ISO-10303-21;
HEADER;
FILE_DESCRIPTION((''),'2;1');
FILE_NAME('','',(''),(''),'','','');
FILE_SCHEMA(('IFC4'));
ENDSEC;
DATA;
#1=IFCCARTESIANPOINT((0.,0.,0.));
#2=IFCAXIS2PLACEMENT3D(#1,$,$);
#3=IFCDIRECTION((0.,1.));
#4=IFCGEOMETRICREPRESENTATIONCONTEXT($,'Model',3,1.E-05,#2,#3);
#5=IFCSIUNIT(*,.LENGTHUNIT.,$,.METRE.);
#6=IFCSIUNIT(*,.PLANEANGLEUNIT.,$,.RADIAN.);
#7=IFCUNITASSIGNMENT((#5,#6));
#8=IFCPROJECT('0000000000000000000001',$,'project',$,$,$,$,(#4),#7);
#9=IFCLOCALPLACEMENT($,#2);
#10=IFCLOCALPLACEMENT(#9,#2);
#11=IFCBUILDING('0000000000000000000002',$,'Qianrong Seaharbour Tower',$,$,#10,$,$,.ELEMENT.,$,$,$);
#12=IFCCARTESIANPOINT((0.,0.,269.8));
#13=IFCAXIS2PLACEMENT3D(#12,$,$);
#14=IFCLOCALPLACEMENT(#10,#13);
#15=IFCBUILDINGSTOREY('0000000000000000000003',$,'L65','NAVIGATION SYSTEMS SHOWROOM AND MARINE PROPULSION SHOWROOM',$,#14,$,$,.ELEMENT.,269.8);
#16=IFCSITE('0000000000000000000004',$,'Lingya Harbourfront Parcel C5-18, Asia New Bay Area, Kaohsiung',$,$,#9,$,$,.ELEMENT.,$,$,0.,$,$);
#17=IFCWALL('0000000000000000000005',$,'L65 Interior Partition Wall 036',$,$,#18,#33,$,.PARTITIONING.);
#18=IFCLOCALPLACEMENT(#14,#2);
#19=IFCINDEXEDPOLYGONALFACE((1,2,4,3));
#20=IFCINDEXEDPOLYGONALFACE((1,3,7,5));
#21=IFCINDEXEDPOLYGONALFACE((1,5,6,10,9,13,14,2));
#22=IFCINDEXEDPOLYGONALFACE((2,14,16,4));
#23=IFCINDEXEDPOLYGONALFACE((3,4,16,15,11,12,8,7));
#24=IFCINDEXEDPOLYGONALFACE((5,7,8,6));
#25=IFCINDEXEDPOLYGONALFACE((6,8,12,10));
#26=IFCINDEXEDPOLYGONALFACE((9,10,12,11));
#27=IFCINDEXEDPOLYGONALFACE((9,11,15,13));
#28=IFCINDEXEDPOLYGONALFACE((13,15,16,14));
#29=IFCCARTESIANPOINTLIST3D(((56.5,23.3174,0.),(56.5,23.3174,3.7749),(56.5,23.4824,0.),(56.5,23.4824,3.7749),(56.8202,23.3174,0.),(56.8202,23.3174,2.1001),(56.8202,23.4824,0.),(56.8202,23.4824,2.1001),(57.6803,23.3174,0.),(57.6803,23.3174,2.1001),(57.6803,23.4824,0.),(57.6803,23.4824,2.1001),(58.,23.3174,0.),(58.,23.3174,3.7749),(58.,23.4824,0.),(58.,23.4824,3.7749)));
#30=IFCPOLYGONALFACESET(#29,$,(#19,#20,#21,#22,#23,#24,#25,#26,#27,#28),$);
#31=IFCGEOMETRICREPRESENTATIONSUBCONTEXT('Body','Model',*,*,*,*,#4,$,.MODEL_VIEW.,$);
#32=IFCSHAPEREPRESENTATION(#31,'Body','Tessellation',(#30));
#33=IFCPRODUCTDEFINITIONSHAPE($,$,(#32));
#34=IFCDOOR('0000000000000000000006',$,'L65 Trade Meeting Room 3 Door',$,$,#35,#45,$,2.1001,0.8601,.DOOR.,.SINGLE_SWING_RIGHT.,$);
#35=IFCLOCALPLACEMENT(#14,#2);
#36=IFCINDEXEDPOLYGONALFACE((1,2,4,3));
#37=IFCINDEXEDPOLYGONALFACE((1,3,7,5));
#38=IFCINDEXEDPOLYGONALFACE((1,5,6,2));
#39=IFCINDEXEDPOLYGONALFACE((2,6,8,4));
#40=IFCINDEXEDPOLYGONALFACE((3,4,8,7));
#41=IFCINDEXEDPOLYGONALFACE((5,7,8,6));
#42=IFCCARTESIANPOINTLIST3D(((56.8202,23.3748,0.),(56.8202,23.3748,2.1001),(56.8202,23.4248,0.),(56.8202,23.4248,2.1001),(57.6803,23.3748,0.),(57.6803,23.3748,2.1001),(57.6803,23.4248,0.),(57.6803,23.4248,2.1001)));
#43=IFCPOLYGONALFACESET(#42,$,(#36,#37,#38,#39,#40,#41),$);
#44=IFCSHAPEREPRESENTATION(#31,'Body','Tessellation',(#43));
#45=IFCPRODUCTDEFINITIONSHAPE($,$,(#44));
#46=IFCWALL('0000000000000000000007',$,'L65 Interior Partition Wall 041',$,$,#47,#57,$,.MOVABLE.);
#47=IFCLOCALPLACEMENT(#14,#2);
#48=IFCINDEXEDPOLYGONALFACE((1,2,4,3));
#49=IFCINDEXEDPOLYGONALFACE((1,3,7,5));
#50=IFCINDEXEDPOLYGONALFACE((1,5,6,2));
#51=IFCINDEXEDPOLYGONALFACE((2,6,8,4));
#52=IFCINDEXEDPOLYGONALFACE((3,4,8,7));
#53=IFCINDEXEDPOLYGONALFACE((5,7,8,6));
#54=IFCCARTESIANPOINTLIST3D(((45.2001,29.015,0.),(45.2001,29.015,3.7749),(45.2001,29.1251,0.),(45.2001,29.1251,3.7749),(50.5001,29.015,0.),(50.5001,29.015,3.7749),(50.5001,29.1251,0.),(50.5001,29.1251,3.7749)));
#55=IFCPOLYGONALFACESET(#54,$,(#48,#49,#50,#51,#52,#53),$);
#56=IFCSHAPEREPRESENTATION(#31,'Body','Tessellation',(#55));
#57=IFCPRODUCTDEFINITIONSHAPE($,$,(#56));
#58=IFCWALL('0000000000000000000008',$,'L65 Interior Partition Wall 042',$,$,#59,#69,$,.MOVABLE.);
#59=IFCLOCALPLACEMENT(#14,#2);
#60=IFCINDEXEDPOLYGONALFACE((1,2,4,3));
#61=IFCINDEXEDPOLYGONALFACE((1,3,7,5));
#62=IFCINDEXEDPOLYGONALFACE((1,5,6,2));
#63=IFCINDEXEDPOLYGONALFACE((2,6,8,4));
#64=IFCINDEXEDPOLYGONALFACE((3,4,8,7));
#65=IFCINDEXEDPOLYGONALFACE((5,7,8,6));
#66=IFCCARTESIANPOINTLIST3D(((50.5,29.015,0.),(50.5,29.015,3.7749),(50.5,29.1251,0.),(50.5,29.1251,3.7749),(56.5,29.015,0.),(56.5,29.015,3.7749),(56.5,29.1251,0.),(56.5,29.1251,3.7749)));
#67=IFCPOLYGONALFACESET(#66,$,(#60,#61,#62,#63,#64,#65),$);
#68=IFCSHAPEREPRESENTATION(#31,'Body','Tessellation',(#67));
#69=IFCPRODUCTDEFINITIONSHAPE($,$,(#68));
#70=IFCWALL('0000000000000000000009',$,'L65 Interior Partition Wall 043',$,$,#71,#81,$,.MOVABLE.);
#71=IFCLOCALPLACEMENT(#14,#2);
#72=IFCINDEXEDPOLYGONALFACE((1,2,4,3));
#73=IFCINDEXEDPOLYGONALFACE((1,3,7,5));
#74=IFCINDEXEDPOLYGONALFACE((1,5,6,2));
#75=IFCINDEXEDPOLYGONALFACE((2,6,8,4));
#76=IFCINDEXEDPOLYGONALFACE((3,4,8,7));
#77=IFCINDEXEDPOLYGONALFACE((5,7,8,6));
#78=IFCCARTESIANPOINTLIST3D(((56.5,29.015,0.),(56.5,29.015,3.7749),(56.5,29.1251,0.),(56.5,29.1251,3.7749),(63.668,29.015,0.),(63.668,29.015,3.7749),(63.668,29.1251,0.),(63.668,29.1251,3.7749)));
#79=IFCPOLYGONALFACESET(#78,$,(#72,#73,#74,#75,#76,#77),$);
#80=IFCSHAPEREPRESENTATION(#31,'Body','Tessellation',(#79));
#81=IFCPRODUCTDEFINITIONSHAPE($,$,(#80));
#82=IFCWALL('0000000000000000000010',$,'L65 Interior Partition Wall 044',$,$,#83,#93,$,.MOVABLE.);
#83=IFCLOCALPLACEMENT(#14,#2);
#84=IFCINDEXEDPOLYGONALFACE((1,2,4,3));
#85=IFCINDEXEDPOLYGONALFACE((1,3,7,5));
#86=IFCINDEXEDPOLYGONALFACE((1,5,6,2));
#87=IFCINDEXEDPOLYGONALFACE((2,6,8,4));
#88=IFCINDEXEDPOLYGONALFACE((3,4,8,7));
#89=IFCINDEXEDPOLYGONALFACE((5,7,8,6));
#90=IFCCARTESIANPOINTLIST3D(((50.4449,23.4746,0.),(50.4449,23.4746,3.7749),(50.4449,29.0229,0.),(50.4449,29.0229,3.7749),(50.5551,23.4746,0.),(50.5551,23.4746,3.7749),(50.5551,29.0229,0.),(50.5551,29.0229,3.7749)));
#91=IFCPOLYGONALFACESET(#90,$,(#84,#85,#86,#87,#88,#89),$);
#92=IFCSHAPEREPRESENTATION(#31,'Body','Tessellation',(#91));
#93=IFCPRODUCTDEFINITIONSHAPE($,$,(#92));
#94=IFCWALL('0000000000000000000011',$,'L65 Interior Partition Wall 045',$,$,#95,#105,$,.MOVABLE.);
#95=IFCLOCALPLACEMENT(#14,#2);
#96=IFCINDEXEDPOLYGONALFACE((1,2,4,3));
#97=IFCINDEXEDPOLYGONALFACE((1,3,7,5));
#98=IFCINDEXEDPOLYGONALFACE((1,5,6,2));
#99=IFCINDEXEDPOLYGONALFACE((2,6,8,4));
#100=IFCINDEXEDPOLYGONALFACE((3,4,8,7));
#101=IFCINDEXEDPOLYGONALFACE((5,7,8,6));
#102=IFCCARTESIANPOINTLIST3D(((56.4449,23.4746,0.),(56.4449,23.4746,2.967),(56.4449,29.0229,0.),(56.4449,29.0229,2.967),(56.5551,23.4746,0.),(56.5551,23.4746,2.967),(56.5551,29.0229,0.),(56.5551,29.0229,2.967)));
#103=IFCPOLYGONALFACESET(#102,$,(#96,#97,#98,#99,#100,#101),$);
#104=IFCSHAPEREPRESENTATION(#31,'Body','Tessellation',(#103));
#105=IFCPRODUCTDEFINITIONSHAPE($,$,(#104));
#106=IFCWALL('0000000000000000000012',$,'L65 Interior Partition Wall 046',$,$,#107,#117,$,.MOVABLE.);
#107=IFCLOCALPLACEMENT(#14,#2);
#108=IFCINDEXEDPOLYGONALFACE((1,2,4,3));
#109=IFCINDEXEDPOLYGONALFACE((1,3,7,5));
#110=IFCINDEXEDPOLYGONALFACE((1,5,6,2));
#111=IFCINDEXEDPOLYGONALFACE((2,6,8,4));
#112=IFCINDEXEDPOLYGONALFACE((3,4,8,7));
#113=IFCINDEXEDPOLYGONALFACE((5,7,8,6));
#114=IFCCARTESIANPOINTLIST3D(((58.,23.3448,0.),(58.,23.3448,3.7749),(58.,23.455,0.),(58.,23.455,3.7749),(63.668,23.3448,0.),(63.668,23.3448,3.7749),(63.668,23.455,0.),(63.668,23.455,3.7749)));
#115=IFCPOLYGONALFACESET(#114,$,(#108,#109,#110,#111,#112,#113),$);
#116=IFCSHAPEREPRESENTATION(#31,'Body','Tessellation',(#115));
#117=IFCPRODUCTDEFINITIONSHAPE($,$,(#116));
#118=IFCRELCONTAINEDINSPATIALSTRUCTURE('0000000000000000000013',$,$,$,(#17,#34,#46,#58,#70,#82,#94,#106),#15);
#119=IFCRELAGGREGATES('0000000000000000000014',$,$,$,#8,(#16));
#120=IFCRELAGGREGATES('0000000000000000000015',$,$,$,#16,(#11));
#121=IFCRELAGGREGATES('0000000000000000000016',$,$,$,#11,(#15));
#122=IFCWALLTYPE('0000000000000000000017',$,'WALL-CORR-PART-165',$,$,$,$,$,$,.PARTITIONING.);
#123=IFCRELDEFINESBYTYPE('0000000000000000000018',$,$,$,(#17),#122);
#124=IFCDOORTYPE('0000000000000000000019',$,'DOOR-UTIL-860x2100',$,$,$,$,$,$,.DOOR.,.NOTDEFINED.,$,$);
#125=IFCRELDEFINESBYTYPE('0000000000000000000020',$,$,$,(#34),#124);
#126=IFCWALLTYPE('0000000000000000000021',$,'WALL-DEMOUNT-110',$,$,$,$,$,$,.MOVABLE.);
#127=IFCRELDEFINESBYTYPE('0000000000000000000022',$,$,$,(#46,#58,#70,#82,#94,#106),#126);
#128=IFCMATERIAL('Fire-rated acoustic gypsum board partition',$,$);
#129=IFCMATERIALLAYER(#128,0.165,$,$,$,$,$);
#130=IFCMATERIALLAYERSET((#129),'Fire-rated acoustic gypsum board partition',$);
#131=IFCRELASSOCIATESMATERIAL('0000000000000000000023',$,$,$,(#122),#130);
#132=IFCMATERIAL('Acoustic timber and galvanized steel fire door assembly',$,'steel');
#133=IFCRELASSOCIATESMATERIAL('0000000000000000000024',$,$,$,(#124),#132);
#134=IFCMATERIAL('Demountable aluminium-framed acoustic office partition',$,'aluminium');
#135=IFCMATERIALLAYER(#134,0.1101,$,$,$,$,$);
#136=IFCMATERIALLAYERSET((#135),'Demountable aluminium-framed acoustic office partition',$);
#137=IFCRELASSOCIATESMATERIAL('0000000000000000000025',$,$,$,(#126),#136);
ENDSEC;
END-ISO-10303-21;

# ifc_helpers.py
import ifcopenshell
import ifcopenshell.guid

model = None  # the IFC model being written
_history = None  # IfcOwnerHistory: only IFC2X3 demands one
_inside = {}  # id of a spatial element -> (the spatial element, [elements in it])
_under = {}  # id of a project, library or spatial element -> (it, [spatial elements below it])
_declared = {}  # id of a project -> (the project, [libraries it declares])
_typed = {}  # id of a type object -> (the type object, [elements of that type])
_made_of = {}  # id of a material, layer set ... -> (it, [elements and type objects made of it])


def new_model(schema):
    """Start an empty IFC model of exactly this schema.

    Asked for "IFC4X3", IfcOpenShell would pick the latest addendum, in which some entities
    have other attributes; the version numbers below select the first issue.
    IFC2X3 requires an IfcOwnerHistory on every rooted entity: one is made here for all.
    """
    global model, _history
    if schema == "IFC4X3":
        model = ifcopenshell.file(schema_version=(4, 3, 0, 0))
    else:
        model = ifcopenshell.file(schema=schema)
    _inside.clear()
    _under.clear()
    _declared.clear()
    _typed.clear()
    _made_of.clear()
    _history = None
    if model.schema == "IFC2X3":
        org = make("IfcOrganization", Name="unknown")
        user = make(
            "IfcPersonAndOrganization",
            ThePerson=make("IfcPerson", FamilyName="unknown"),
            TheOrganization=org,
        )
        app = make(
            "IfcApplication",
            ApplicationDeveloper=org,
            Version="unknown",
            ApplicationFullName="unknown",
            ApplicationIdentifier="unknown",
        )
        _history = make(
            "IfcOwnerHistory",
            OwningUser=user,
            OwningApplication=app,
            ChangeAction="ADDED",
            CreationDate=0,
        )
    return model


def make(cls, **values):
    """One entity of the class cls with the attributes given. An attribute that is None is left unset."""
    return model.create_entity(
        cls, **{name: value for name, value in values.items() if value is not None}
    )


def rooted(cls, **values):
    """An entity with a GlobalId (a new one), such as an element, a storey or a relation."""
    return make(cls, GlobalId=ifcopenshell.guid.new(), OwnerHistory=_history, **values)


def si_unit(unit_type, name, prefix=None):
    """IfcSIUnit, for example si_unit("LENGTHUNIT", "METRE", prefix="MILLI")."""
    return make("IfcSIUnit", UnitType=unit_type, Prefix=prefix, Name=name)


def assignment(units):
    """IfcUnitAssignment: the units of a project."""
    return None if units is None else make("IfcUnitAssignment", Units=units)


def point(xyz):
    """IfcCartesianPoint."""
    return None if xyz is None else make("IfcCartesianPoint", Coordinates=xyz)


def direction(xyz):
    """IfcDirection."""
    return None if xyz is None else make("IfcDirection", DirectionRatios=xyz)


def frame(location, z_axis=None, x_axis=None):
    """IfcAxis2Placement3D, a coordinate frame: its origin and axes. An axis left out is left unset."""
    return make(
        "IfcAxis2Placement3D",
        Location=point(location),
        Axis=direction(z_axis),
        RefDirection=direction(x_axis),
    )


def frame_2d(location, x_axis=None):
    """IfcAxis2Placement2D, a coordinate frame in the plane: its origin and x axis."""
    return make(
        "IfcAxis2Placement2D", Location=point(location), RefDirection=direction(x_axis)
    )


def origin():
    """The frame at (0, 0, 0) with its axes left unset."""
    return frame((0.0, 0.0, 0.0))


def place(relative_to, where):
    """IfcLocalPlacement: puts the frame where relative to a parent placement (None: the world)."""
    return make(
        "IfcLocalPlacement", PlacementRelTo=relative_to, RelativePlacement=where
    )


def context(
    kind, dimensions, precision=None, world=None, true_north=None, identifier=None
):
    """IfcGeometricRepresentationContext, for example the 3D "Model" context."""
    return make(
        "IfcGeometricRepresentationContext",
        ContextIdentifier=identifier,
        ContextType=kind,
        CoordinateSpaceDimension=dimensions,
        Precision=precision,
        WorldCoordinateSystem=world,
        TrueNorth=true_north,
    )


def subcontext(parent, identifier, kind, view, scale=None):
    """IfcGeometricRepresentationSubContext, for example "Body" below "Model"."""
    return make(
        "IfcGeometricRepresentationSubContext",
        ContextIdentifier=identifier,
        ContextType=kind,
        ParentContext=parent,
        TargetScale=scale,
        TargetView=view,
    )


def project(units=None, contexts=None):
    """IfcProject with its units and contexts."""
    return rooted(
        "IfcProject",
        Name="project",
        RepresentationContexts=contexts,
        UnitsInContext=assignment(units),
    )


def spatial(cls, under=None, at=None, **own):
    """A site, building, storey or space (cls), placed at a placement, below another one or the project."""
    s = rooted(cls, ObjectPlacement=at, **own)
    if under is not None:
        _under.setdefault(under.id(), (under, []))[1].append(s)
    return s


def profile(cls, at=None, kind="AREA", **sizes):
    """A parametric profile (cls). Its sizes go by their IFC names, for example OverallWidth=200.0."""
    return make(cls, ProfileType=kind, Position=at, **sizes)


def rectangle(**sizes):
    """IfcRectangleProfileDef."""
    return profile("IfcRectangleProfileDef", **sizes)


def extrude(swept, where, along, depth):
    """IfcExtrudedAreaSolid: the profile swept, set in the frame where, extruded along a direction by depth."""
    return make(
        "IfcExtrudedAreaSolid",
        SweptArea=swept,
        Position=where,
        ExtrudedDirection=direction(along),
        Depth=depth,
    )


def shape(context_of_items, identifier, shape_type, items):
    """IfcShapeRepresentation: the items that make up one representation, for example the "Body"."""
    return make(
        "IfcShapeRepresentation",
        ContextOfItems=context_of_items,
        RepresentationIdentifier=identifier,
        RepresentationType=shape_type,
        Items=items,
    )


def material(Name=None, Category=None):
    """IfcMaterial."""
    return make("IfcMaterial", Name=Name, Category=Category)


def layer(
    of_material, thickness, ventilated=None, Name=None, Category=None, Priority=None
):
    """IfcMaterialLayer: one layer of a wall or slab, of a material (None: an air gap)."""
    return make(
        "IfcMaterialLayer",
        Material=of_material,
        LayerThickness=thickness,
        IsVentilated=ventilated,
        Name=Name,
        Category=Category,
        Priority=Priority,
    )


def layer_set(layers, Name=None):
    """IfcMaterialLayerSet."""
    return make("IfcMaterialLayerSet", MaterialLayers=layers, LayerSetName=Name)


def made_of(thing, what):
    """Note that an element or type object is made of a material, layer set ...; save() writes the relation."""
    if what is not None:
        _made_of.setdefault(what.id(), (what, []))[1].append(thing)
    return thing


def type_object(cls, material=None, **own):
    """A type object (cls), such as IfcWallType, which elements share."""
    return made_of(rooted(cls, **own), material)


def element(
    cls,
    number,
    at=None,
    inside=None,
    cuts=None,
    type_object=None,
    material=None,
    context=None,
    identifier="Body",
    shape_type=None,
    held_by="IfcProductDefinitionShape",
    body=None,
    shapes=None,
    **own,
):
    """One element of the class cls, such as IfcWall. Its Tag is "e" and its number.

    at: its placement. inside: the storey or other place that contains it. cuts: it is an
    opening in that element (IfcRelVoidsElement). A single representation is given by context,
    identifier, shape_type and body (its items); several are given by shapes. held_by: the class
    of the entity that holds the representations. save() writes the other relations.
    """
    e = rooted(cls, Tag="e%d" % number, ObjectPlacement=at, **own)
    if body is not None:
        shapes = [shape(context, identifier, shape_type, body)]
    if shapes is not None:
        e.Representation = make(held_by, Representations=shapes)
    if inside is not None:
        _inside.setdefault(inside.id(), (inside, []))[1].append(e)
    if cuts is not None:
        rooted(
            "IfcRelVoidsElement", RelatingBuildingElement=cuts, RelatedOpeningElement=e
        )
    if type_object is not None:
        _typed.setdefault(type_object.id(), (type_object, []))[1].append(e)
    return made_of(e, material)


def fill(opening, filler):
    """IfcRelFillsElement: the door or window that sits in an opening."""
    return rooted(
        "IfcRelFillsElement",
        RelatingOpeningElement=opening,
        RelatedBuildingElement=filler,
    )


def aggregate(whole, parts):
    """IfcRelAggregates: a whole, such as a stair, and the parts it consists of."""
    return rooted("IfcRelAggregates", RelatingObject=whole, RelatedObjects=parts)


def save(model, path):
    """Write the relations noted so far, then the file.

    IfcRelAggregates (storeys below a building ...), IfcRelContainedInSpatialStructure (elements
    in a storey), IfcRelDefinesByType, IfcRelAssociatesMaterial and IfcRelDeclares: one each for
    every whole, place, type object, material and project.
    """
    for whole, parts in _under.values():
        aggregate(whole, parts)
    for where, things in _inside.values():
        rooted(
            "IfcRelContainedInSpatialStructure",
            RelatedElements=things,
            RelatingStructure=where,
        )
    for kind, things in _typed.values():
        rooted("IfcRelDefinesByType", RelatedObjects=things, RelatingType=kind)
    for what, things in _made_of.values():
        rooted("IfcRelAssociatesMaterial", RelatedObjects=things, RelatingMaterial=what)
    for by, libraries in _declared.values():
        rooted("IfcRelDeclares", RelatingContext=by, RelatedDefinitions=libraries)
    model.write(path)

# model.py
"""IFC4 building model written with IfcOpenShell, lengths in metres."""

from ifc_helpers import new_model, si_unit, direction, frame, frame_2d, origin, place, context, subcontext, project, spatial, rectangle, extrude, material, layer, layer_set, type_object, element, fill, save


model = new_model("IFC4")

# Units and contexts
model_context = context("Model", 3, precision=1e-05, world=origin(), true_north=direction((0.0, 1.0)))
body_context = subcontext(model_context, "Body", "Model", "MODEL_VIEW")
ifc_project = project(units=[si_unit("LENGTHUNIT", "METRE"), si_unit("PLANEANGLEUNIT", "RADIAN")], contexts=[model_context])

# Site, building, storey
site_placement = place(None, origin())
site = spatial("IfcSite", under=ifc_project, at=site_placement, Name="Lingya Harbourfront Parcel C5-18, Asia New Bay Area, Kaohsiung", CompositionType="ELEMENT", RefElevation=0.0)
building_placement = place(site_placement, origin())
building = spatial("IfcBuilding", under=site, at=building_placement, Name="Qianrong Seaharbour Tower", CompositionType="ELEMENT")
storey_placement = place(building_placement, frame((0.0, 0.0, 269.8)))
storey = spatial("IfcBuildingStorey", under=building, at=storey_placement, Name="L65", Description="NAVIGATION SYSTEMS SHOWROOM AND MARINE PROPULSION SHOWROOM", CompositionType="ELEMENT", Elevation=269.8)

# Shared definitions
ifc_material_1 = material(Name="Fire-rated acoustic gypsum board partition")
ifc_layer_1 = layer(ifc_material_1, 0.165)
ifc_layer_set_1 = layer_set([ifc_layer_1], Name="Fire-rated acoustic gypsum board partition")
wall_type_1 = type_object("IfcWallType", Name="WALL-CORR-PART-165", PredefinedType="PARTITIONING", material=ifc_layer_set_1)
ifc_material_2 = material(Name="Acoustic timber and galvanized steel fire door assembly", Category="steel")

# Wall, opening, door
wall_1_placement = place(storey_placement, frame((56.5, 23.3999, 0.0), z_axis=(0.0, 0.0, 1.0), x_axis=(1.0, 0.0, 0.0)))
wall_1 = element("IfcWall", 1, at=wall_1_placement, inside=storey, type_object=wall_type_1, Name="L65 Interior Partition Wall 036", PredefinedType="PARTITIONING", context=body_context, shape_type="SweptSolid", body=[
    extrude(rectangle(XDim=1.5, YDim=0.165, at=frame_2d((0.75, 0.0))), origin(), (0.0, 0.0, 1.0), 3.7749),
])
opening_1_placement = place(wall_1_placement, frame((0.3201, 0.0, 0.0)))
opening_1 = element("IfcOpeningElement", 2, at=opening_1_placement, cuts=wall_1, PredefinedType="OPENING", context=body_context, shape_type="SweptSolid", body=[
    extrude(rectangle(XDim=0.8601, YDim=2.1001, at=frame_2d((0.4302, 1.05))), frame((0.0, 0.0925, 0.0), z_axis=(0.0, -1.0, 0.0), x_axis=(1.0, 0.0, 0.0)), (0.0, 0.0, 1.0), 0.1851),
])
door_type_1 = type_object("IfcDoorType", Name="DOOR-UTIL-860x2100", OperationType="NOTDEFINED", PredefinedType="DOOR", material=ifc_material_2)
door_1_placement = place(opening_1_placement, origin())
door_1 = element("IfcDoor", 3, at=door_1_placement, inside=storey, type_object=door_type_1, Name="L65 Trade Meeting Room 3 Door", OperationType="SINGLE_SWING_RIGHT", OverallHeight=2.1001, OverallWidth=0.8601, PredefinedType="DOOR", context=body_context, shape_type="SweptSolid", body=[
    extrude(rectangle(XDim=0.8601, YDim=2.1001, at=frame_2d((0.4302, 1.05))), frame((0.0, 0.0249, 0.0), z_axis=(0.0, -1.0, 0.0), x_axis=(1.0, 0.0, 0.0)), (0.0, 0.0, 1.0), 0.05),
])
fill(opening_1, door_1)

# Walls
ifc_material_3 = material(Name="Demountable aluminium-framed acoustic office partition", Category="aluminium")
ifc_layer_2 = layer(ifc_material_3, 0.1101)
ifc_layer_set_2 = layer_set([ifc_layer_2], Name="Demountable aluminium-framed acoustic office partition")
wall_type_2 = type_object("IfcWallType", Name="WALL-DEMOUNT-110", PredefinedType="MOVABLE", material=ifc_layer_set_2)
wall_2_placement = place(storey_placement, frame((50.5, 29.0701, 0.0), z_axis=(0.0, 0.0, 1.0), x_axis=(-1.0, 0.0, 0.0)))
element("IfcWall", 4, at=wall_2_placement, inside=storey, type_object=wall_type_2, Name="L65 Interior Partition Wall 041", PredefinedType="MOVABLE", context=body_context, shape_type="SweptSolid", body=[
    extrude(rectangle(XDim=5.3, YDim=0.1101, at=frame_2d((2.6499, 0.0))), origin(), (0.0, 0.0, 1.0), 3.7749),
])
wall_3_placement = place(storey_placement, frame((56.5, 29.0701, 0.0), z_axis=(0.0, 0.0, 1.0), x_axis=(-1.0, 0.0, 0.0)))
element("IfcWall", 5, at=wall_3_placement, inside=storey, type_object=wall_type_2, Name="L65 Interior Partition Wall 042", PredefinedType="MOVABLE", context=body_context, shape_type="SweptSolid", body=[
    extrude(rectangle(XDim=6.0, YDim=0.1101, at=frame_2d((3.0, 0.0))), origin(), (0.0, 0.0, 1.0), 3.7749),
])
wall_4_placement = place(storey_placement, frame((63.668, 29.0701, 0.0), z_axis=(0.0, 0.0, 1.0), x_axis=(-1.0, 0.0, 0.0)))
element("IfcWall", 6, at=wall_4_placement, inside=storey, type_object=wall_type_2, Name="L65 Interior Partition Wall 043", PredefinedType="MOVABLE", context=body_context, shape_type="SweptSolid", body=[
    extrude(rectangle(XDim=7.168, YDim=0.1101, at=frame_2d((3.584, 0.0))), origin(), (0.0, 0.0, 1.0), 3.7749),
])
wall_5_placement = place(storey_placement, frame((50.5, 29.0229, 0.0), z_axis=(0.0, 0.0, 1.0), x_axis=(0.0, -1.0, 0.0)))
element("IfcWall", 7, at=wall_5_placement, inside=storey, type_object=wall_type_2, Name="L65 Interior Partition Wall 044", PredefinedType="MOVABLE", context=body_context, shape_type="SweptSolid", body=[
    extrude(rectangle(XDim=5.5483, YDim=0.1101, at=frame_2d((2.7742, 0.0))), origin(), (0.0, 0.0, 1.0), 3.7749),
])
wall_6_placement = place(storey_placement, frame((56.5, 29.0229, 0.0), z_axis=(0.0, 0.0, 1.0), x_axis=(0.0, -1.0, 0.0)))
element("IfcWall", 8, at=wall_6_placement, inside=storey, type_object=wall_type_2, Name="L65 Interior Partition Wall 045", PredefinedType="MOVABLE", context=body_context, shape_type="SweptSolid", body=[
    extrude(rectangle(XDim=5.5483, YDim=0.1101, at=frame_2d((2.7742, 0.0))), origin(), (0.0, 0.0, 1.0), 2.967),
])
wall_7_placement = place(storey_placement, frame((63.668, 23.3999, 0.0), z_axis=(0.0, 0.0, 1.0), x_axis=(-1.0, 0.0, 0.0)))
element("IfcWall", 9, at=wall_7_placement, inside=storey, type_object=wall_type_2, Name="L65 Interior Partition Wall 046", PredefinedType="MOVABLE", context=body_context, shape_type="SweptSolid", body=[
    extrude(rectangle(XDim=5.668, YDim=0.1101, at=frame_2d((2.834, 0.0))), origin(), (0.0, 0.0, 1.0), 3.7749),
])

save(model, "model.ifc")
